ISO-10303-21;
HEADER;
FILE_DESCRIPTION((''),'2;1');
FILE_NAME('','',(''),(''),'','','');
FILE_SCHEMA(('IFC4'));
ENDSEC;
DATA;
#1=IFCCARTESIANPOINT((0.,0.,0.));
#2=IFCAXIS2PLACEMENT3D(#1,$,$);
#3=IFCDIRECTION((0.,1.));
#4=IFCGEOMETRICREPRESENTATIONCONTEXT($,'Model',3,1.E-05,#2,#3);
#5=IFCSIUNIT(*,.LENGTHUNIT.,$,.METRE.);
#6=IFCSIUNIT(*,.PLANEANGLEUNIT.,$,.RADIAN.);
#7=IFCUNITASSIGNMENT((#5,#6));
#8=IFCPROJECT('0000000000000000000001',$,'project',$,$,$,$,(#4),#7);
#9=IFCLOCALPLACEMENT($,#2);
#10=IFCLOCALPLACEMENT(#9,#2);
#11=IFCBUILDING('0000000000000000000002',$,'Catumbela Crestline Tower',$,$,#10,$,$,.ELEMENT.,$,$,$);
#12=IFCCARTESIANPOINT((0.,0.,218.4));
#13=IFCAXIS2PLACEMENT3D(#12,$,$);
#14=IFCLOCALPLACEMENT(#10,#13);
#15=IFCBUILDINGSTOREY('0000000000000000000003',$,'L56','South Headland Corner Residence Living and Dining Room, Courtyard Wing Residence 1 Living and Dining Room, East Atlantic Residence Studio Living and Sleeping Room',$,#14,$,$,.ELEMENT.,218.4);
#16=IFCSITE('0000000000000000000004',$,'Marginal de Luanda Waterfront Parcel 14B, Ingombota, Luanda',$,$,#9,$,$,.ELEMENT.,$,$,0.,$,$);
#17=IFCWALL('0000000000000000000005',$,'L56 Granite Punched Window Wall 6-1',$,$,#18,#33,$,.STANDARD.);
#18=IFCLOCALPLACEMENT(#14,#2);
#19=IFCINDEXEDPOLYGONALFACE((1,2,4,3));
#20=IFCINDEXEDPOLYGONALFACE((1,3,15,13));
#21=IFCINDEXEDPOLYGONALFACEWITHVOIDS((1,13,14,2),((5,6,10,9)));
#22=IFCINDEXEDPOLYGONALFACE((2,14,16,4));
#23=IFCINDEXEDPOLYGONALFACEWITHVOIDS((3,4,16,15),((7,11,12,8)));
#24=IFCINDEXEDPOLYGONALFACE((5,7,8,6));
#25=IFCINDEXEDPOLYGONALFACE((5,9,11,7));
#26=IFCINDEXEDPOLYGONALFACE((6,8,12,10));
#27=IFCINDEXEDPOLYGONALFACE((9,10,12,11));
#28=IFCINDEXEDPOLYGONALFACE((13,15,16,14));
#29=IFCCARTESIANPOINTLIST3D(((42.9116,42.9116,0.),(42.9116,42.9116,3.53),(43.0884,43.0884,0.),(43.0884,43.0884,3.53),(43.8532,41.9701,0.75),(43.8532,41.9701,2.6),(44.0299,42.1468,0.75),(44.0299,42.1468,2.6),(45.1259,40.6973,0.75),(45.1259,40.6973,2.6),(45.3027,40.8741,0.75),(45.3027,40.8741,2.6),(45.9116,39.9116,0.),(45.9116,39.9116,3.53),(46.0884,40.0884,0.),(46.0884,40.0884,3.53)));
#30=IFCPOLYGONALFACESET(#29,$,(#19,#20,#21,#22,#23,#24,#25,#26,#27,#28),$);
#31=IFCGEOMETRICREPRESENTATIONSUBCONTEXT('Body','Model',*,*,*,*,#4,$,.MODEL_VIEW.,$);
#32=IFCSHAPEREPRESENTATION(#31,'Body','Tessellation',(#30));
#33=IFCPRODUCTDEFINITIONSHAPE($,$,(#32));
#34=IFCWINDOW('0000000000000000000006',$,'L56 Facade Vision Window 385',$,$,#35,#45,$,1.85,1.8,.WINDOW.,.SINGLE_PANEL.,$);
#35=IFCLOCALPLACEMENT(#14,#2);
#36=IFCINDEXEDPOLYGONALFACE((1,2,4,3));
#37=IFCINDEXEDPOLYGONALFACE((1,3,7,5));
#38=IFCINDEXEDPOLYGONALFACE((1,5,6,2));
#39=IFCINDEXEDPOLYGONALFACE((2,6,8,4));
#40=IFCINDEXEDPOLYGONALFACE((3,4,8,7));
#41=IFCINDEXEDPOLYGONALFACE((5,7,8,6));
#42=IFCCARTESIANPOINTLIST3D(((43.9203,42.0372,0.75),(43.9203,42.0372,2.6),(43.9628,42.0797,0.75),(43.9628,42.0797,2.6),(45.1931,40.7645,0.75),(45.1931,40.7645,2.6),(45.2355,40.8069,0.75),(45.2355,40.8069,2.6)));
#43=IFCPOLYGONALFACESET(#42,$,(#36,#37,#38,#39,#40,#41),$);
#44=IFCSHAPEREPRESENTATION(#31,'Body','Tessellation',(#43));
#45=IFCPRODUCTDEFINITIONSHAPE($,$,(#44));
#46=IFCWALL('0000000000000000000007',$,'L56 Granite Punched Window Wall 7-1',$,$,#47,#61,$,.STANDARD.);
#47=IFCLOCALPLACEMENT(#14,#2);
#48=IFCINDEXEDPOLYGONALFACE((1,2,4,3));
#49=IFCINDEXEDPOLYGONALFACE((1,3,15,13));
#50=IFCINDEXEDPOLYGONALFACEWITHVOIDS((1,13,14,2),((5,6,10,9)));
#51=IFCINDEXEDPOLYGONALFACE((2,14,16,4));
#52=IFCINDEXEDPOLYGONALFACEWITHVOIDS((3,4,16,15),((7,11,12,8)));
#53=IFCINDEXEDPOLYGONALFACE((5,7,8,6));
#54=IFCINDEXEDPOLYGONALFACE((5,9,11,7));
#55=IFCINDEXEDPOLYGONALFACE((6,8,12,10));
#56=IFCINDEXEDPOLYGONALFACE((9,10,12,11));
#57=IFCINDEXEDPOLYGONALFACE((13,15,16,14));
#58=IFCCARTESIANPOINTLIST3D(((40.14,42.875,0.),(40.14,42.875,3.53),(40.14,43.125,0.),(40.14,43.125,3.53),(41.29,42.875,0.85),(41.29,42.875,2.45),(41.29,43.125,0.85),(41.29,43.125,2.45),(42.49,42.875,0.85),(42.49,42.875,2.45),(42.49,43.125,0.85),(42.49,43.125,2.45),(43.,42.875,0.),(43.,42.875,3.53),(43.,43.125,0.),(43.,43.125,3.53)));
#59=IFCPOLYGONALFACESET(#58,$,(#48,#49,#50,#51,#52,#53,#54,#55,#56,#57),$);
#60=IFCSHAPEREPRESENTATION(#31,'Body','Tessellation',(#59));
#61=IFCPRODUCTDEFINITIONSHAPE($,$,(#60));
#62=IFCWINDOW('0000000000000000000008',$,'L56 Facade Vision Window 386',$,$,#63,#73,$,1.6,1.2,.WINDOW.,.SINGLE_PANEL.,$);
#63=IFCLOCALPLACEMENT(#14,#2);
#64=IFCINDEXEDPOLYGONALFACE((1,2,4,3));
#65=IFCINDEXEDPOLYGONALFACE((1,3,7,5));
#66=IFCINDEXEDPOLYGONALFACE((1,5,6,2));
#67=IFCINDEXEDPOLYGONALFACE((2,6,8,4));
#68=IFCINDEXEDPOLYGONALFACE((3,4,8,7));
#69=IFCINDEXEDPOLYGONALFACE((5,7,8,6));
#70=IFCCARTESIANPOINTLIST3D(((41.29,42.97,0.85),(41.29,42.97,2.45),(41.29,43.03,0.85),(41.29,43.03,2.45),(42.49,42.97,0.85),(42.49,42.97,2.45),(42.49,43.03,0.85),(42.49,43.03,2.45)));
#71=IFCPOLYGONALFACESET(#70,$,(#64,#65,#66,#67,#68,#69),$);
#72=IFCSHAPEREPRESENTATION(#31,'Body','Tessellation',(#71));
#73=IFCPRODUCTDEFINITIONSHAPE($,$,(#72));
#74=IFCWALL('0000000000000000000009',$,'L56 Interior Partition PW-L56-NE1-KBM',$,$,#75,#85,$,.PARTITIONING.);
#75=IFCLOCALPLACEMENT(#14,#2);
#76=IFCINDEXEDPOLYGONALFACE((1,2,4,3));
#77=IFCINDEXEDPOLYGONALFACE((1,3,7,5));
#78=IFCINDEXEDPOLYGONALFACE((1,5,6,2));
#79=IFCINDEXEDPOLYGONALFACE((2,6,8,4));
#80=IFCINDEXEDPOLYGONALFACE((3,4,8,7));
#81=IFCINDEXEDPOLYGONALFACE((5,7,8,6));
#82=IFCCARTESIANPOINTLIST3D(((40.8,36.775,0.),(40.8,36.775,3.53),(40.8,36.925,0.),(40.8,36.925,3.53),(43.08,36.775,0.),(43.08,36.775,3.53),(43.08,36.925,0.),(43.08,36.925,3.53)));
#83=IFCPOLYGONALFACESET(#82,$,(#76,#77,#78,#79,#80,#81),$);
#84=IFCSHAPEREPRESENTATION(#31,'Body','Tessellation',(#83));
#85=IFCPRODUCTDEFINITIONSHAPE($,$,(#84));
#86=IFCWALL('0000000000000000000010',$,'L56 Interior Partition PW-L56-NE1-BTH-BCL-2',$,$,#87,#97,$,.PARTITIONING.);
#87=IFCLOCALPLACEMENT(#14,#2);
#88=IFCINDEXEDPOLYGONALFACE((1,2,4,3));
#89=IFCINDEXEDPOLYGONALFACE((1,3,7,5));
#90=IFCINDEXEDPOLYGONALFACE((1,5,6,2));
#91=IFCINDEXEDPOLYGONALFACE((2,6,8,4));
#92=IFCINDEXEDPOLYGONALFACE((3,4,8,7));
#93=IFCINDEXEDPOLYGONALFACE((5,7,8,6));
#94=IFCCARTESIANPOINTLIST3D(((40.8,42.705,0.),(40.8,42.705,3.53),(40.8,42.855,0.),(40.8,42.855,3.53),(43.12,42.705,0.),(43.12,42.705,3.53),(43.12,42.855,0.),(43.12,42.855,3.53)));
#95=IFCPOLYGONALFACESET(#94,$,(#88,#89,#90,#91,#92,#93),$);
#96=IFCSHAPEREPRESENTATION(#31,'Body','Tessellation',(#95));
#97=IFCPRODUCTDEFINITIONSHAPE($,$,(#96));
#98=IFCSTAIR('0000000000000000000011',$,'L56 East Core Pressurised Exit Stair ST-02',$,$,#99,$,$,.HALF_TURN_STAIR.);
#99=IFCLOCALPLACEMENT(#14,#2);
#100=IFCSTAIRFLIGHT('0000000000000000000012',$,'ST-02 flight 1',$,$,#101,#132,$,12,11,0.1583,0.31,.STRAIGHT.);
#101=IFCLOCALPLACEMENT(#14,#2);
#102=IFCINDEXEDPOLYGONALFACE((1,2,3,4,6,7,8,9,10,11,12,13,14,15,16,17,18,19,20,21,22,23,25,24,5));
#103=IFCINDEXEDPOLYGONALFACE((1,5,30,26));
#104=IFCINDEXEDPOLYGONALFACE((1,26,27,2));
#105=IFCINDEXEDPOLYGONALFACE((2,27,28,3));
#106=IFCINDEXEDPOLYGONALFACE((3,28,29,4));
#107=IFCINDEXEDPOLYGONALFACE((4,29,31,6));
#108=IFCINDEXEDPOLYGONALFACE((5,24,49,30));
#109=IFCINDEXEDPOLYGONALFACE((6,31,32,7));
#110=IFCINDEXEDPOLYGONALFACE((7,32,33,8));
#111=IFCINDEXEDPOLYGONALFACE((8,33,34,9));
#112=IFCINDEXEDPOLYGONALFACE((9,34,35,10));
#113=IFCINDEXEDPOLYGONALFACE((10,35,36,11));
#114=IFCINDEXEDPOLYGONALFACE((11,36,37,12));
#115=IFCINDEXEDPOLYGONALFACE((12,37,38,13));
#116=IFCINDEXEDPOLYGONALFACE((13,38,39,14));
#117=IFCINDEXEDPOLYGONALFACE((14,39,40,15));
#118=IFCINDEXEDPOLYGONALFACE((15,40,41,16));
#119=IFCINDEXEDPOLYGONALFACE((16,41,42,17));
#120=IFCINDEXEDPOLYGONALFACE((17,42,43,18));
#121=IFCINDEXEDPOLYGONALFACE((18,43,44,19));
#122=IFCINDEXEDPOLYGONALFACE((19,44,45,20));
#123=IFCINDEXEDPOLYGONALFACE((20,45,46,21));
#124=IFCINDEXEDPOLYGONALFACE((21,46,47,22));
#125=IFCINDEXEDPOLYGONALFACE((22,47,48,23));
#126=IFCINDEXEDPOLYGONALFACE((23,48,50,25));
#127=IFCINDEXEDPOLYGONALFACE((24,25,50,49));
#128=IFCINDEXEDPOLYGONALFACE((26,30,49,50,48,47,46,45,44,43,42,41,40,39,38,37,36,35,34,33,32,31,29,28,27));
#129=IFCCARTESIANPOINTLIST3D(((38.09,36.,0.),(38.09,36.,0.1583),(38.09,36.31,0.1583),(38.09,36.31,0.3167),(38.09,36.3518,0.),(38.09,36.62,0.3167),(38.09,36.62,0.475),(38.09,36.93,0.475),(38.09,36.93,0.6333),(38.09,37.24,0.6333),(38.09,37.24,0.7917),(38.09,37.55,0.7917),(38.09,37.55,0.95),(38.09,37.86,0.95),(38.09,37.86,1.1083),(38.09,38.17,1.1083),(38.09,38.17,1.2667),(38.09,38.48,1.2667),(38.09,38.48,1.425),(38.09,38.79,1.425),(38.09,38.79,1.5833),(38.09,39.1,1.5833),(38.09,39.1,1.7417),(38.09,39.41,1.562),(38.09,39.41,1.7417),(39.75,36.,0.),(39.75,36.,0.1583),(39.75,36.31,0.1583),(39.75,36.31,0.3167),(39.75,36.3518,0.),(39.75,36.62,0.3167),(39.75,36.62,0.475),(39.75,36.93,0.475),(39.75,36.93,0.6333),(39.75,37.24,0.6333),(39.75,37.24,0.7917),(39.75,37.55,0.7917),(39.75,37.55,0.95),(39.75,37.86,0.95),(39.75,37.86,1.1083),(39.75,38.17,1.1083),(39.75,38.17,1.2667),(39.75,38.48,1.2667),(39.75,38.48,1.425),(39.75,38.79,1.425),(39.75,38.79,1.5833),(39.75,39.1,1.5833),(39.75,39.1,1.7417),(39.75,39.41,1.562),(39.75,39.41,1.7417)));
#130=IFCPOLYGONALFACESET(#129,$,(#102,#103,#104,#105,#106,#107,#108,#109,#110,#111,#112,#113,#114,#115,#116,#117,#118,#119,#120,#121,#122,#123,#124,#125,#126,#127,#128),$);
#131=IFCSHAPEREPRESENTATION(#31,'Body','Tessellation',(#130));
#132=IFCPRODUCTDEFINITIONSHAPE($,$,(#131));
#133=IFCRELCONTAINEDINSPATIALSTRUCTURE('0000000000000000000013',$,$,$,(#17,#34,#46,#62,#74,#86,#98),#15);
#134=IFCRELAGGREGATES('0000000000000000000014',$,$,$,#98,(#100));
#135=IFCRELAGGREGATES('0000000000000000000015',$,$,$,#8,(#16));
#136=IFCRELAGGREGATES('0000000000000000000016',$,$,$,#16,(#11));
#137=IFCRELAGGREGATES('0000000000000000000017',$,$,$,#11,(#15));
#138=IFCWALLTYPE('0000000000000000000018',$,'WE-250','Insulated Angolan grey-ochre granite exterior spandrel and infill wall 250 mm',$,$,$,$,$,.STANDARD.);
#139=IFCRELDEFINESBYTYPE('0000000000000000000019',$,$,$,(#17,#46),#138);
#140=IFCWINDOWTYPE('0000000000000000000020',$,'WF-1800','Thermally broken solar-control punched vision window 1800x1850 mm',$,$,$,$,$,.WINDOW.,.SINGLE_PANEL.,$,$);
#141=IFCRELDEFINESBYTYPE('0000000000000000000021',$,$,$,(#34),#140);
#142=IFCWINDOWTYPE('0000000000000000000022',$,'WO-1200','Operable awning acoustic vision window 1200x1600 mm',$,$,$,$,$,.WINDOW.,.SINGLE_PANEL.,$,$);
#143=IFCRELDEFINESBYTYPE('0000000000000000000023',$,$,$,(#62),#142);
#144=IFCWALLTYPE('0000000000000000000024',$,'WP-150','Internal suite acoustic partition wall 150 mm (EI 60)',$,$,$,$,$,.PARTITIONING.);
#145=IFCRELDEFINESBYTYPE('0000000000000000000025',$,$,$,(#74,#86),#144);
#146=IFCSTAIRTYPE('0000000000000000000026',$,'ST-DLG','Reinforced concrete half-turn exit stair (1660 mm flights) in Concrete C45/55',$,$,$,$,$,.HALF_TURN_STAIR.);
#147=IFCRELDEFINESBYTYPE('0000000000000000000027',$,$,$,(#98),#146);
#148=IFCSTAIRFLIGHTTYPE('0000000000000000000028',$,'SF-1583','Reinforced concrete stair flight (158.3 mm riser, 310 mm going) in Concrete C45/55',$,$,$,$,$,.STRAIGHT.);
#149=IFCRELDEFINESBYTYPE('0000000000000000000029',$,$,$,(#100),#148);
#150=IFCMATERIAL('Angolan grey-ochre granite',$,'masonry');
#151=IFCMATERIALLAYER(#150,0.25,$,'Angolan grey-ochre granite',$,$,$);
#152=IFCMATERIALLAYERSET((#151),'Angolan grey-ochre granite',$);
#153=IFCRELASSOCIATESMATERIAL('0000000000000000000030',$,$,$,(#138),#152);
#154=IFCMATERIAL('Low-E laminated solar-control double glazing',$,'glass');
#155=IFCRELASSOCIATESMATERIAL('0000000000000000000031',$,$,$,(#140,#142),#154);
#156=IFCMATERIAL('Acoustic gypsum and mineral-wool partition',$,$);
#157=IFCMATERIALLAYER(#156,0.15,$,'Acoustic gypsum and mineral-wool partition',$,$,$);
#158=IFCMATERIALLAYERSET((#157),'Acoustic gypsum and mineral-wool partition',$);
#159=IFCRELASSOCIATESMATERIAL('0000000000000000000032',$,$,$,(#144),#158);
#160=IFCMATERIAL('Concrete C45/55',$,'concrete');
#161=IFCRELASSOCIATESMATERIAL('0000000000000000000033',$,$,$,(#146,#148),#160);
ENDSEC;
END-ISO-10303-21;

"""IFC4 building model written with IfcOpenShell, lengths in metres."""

from ifc_helpers import new_model, si_unit, direction, frame, frame_2d, origin, place, context, subcontext, project, spatial, polyline, rectangle, outline, extrude, material, layer, layer_set, type_object, element, fill, aggregate, save


model = new_model("IFC4")

# Units and contexts
model_context = context("Model", 3, precision=1e-05, world=origin(), true_north=direction((0.0, 1.0)))
body_context = subcontext(model_context, "Body", "Model", "MODEL_VIEW")
ifc_project = project(units=[si_unit("LENGTHUNIT", "METRE"), si_unit("PLANEANGLEUNIT", "RADIAN")], contexts=[model_context])

# Site, building, storey
site_placement = place(None, origin())
site = spatial("IfcSite", under=ifc_project, at=site_placement, Name="Marginal de Luanda Waterfront Parcel 14B, Ingombota, Luanda", CompositionType="ELEMENT", RefElevation=0.0)
building_placement = place(site_placement, origin())
building = spatial("IfcBuilding", under=site, at=building_placement, Name="Catumbela Crestline Tower", CompositionType="ELEMENT")
storey_placement = place(building_placement, frame((0.0, 0.0, 218.4)))
storey = spatial("IfcBuildingStorey", under=building, at=storey_placement, Name="L56", Description="South Headland Corner Residence Living and Dining Room, Courtyard Wing Residence 1 Living and Dining Room, East Atlantic Residence Studio Living and Sleeping Room", CompositionType="ELEMENT", Elevation=218.4)

# Shared definitions
ifc_material_1 = material(Name="Low-E laminated solar-control double glazing", Category="glass")

# Walls, openings, windows
ifc_material_2 = material(Name="Angolan grey-ochre granite", Category="masonry")
ifc_layer_1 = layer(ifc_material_2, 0.25, Name="Angolan grey-ochre granite")
ifc_layer_set_1 = layer_set([ifc_layer_1], Name="Angolan grey-ochre granite")
wall_type_1 = type_object("IfcWallType", Name="WE-250", Description="Insulated Angolan grey-ochre granite exterior spandrel and infill wall 250 mm", PredefinedType="STANDARD", material=ifc_layer_set_1)
wall_1_placement = place(storey_placement, frame((46.0, 40.0, 0.0), z_axis=(0.0, 0.0, 1.0), x_axis=(-0.707107, 0.707107, 0.0)))
wall_1 = element("IfcWall", 1, at=wall_1_placement, inside=storey, type_object=wall_type_1, Name="L56 Granite Punched Window Wall 6-1", PredefinedType="STANDARD", context=body_context, shape_type="SweptSolid", body=[
    extrude(rectangle(XDim=4.2426, YDim=0.25, at=frame_2d((2.1213, 0.0))), origin(), (0.0, 0.0, 1.0), 3.53),
])
opening_1_placement = place(wall_1_placement, frame((1.1111, 0.0, 0.75)))
opening_1 = element("IfcOpeningElement", 2, at=opening_1_placement, cuts=wall_1, PredefinedType="OPENING", context=body_context, shape_type="SweptSolid", body=[
    extrude(rectangle(XDim=1.8, YDim=1.85, at=frame_2d((0.9, 0.925))), frame((0.0, 0.135, 0.0), z_axis=(0.0, -1.0, 0.0), x_axis=(1.0, 0.0, 0.0)), (0.0, 0.0, 1.0), 0.27),
])
window_type_1 = type_object("IfcWindowType", Name="WF-1800", Description="Thermally broken solar-control punched vision window 1800x1850 mm", PartitioningType="SINGLE_PANEL", PredefinedType="WINDOW", material=ifc_material_1)
window_1_placement = place(opening_1_placement, origin())
window_1 = element("IfcWindow", 3, at=window_1_placement, inside=storey, type_object=window_type_1, Name="L56 Facade Vision Window 385", OverallHeight=1.85, OverallWidth=1.8, PartitioningType="SINGLE_PANEL", PredefinedType="WINDOW", context=body_context, shape_type="SweptSolid", body=[
    extrude(rectangle(XDim=1.8, YDim=1.85, at=frame_2d((0.9, 0.925))), frame((0.0, 0.03, 0.0), z_axis=(0.0, -1.0, 0.0), x_axis=(1.0, 0.0, 0.0)), (0.0, 0.0, 1.0), 0.06),
])
fill(opening_1, window_1)
wall_2_placement = place(storey_placement, frame((43.0, 43.0, 0.0), z_axis=(0.0, 0.0, 1.0), x_axis=(-1.0, 0.0, 0.0)))
wall_2 = element("IfcWall", 4, at=wall_2_placement, inside=storey, type_object=wall_type_1, Name="L56 Granite Punched Window Wall 7-1", PredefinedType="STANDARD", context=body_context, shape_type="SweptSolid", body=[
    extrude(rectangle(XDim=2.86, YDim=0.25, at=frame_2d((1.43, 0.0))), origin(), (0.0, 0.0, 1.0), 3.53),
])
opening_2_placement = place(wall_2_placement, frame((0.51, 0.0, 0.85)))
opening_2 = element("IfcOpeningElement", 5, at=opening_2_placement, cuts=wall_2, PredefinedType="OPENING", context=body_context, shape_type="SweptSolid", body=[
    extrude(rectangle(XDim=1.2, YDim=1.6, at=frame_2d((0.6, 0.8))), frame((0.0, 0.135, 0.0), z_axis=(0.0, -1.0, 0.0), x_axis=(1.0, 0.0, 0.0)), (0.0, 0.0, 1.0), 0.27),
])
window_type_2 = type_object("IfcWindowType", Name="WO-1200", Description="Operable awning acoustic vision window 1200x1600 mm", PartitioningType="SINGLE_PANEL", PredefinedType="WINDOW", material=ifc_material_1)
window_2_placement = place(opening_2_placement, origin())
window_2 = element("IfcWindow", 6, at=window_2_placement, inside=storey, type_object=window_type_2, Name="L56 Facade Vision Window 386", OverallHeight=1.6, OverallWidth=1.2, PartitioningType="SINGLE_PANEL", PredefinedType="WINDOW", context=body_context, shape_type="SweptSolid", body=[
    extrude(rectangle(XDim=1.2, YDim=1.6, at=frame_2d((0.6, 0.8))), frame((0.0, 0.03, 0.0), z_axis=(0.0, -1.0, 0.0), x_axis=(1.0, 0.0, 0.0)), (0.0, 0.0, 1.0), 0.06),
])
fill(opening_2, window_2)

# Walls
ifc_material_3 = material(Name="Acoustic gypsum and mineral-wool partition")
ifc_layer_2 = layer(ifc_material_3, 0.15, Name="Acoustic gypsum and mineral-wool partition")
ifc_layer_set_2 = layer_set([ifc_layer_2], Name="Acoustic gypsum and mineral-wool partition")
wall_type_2 = type_object("IfcWallType", Name="WP-150", Description="Internal suite acoustic partition wall 150 mm (EI 60)", PredefinedType="PARTITIONING", material=ifc_layer_set_2)
wall_3_placement = place(storey_placement, frame((40.8, 36.85, 0.0), z_axis=(0.0, 0.0, 1.0), x_axis=(1.0, 0.0, 0.0)))
element("IfcWall", 7, at=wall_3_placement, inside=storey, type_object=wall_type_2, Name="L56 Interior Partition PW-L56-NE1-KBM", PredefinedType="PARTITIONING", context=body_context, shape_type="SweptSolid", body=[
    extrude(rectangle(XDim=2.28, YDim=0.15, at=frame_2d((1.14, 0.0))), origin(), (0.0, 0.0, 1.0), 3.53),
])
wall_4_placement = place(storey_placement, frame((40.8, 42.78, 0.0), z_axis=(0.0, 0.0, 1.0), x_axis=(1.0, 0.0, 0.0)))
element("IfcWall", 8, at=wall_4_placement, inside=storey, type_object=wall_type_2, Name="L56 Interior Partition PW-L56-NE1-BTH-BCL-2", PredefinedType="PARTITIONING", context=body_context, shape_type="SweptSolid", body=[
    extrude(rectangle(XDim=2.32, YDim=0.15, at=frame_2d((1.16, 0.0))), origin(), (0.0, 0.0, 1.0), 3.53),
])

# Stair, stair flight
ifc_material_4 = material(Name="Concrete C45/55", Category="concrete")
stair_type = type_object("IfcStairType", Name="ST-DLG", Description="Reinforced concrete half-turn exit stair (1660 mm flights) in Concrete C45/55", PredefinedType="HALF_TURN_STAIR", material=ifc_material_4)
stair_placement = place(storey_placement, origin())
stair = element("IfcStair", 9, at=stair_placement, inside=storey, type_object=stair_type, Name="L56 East Core Pressurised Exit Stair ST-02", PredefinedType="HALF_TURN_STAIR")
stair_flight_type = type_object("IfcStairFlightType", Name="SF-1583", Description="Reinforced concrete stair flight (158.3 mm riser, 310 mm going) in Concrete C45/55", PredefinedType="STRAIGHT", material=ifc_material_4)
stair_flight_placement = place(storey_placement, frame((38.92, 36.0, 0.0), z_axis=(0.0, 0.0, 1.0), x_axis=(0.0, 1.0, 0.0)))
stair_flight = element("IfcStairFlight", 10, at=stair_flight_placement, type_object=stair_flight_type, Name="ST-02 flight 1", NumberOfRisers=12, NumberOfTreads=11, PredefinedType="STRAIGHT", RiserHeight=0.1583, TreadLength=0.31, context=body_context, shape_type="SweptSolid", body=[
    extrude(outline(polyline([(0.0, 0.0), (0.0, 0.1583), (0.31, 0.1583), (0.31, 0.3167), (0.62, 0.3167), (0.62, 0.475), (0.93, 0.475), (0.93, 0.6333), (1.24, 0.6333), (1.24, 0.7917), (1.55, 0.7917), (1.55, 0.95), (1.86, 0.95), (1.86, 1.1083), (2.17, 1.1083), (2.17, 1.2667), (2.48, 1.2667), (2.48, 1.425), (2.79, 1.425), (2.79, 1.5833), (3.1, 1.5833), (3.1, 1.7417), (3.41, 1.7417), (3.41, 1.9), (3.41, 1.562), (0.3518, 0.0), (0.0, 0.0)])), frame((0.0, 0.83, 0.0), z_axis=(0.0, -1.0, 0.0), x_axis=(1.0, 0.0, 0.0)), (0.0, 0.0, 1.0), 1.66),
])
aggregate(stair, [stair_flight])

save(model, "model.ifc")
